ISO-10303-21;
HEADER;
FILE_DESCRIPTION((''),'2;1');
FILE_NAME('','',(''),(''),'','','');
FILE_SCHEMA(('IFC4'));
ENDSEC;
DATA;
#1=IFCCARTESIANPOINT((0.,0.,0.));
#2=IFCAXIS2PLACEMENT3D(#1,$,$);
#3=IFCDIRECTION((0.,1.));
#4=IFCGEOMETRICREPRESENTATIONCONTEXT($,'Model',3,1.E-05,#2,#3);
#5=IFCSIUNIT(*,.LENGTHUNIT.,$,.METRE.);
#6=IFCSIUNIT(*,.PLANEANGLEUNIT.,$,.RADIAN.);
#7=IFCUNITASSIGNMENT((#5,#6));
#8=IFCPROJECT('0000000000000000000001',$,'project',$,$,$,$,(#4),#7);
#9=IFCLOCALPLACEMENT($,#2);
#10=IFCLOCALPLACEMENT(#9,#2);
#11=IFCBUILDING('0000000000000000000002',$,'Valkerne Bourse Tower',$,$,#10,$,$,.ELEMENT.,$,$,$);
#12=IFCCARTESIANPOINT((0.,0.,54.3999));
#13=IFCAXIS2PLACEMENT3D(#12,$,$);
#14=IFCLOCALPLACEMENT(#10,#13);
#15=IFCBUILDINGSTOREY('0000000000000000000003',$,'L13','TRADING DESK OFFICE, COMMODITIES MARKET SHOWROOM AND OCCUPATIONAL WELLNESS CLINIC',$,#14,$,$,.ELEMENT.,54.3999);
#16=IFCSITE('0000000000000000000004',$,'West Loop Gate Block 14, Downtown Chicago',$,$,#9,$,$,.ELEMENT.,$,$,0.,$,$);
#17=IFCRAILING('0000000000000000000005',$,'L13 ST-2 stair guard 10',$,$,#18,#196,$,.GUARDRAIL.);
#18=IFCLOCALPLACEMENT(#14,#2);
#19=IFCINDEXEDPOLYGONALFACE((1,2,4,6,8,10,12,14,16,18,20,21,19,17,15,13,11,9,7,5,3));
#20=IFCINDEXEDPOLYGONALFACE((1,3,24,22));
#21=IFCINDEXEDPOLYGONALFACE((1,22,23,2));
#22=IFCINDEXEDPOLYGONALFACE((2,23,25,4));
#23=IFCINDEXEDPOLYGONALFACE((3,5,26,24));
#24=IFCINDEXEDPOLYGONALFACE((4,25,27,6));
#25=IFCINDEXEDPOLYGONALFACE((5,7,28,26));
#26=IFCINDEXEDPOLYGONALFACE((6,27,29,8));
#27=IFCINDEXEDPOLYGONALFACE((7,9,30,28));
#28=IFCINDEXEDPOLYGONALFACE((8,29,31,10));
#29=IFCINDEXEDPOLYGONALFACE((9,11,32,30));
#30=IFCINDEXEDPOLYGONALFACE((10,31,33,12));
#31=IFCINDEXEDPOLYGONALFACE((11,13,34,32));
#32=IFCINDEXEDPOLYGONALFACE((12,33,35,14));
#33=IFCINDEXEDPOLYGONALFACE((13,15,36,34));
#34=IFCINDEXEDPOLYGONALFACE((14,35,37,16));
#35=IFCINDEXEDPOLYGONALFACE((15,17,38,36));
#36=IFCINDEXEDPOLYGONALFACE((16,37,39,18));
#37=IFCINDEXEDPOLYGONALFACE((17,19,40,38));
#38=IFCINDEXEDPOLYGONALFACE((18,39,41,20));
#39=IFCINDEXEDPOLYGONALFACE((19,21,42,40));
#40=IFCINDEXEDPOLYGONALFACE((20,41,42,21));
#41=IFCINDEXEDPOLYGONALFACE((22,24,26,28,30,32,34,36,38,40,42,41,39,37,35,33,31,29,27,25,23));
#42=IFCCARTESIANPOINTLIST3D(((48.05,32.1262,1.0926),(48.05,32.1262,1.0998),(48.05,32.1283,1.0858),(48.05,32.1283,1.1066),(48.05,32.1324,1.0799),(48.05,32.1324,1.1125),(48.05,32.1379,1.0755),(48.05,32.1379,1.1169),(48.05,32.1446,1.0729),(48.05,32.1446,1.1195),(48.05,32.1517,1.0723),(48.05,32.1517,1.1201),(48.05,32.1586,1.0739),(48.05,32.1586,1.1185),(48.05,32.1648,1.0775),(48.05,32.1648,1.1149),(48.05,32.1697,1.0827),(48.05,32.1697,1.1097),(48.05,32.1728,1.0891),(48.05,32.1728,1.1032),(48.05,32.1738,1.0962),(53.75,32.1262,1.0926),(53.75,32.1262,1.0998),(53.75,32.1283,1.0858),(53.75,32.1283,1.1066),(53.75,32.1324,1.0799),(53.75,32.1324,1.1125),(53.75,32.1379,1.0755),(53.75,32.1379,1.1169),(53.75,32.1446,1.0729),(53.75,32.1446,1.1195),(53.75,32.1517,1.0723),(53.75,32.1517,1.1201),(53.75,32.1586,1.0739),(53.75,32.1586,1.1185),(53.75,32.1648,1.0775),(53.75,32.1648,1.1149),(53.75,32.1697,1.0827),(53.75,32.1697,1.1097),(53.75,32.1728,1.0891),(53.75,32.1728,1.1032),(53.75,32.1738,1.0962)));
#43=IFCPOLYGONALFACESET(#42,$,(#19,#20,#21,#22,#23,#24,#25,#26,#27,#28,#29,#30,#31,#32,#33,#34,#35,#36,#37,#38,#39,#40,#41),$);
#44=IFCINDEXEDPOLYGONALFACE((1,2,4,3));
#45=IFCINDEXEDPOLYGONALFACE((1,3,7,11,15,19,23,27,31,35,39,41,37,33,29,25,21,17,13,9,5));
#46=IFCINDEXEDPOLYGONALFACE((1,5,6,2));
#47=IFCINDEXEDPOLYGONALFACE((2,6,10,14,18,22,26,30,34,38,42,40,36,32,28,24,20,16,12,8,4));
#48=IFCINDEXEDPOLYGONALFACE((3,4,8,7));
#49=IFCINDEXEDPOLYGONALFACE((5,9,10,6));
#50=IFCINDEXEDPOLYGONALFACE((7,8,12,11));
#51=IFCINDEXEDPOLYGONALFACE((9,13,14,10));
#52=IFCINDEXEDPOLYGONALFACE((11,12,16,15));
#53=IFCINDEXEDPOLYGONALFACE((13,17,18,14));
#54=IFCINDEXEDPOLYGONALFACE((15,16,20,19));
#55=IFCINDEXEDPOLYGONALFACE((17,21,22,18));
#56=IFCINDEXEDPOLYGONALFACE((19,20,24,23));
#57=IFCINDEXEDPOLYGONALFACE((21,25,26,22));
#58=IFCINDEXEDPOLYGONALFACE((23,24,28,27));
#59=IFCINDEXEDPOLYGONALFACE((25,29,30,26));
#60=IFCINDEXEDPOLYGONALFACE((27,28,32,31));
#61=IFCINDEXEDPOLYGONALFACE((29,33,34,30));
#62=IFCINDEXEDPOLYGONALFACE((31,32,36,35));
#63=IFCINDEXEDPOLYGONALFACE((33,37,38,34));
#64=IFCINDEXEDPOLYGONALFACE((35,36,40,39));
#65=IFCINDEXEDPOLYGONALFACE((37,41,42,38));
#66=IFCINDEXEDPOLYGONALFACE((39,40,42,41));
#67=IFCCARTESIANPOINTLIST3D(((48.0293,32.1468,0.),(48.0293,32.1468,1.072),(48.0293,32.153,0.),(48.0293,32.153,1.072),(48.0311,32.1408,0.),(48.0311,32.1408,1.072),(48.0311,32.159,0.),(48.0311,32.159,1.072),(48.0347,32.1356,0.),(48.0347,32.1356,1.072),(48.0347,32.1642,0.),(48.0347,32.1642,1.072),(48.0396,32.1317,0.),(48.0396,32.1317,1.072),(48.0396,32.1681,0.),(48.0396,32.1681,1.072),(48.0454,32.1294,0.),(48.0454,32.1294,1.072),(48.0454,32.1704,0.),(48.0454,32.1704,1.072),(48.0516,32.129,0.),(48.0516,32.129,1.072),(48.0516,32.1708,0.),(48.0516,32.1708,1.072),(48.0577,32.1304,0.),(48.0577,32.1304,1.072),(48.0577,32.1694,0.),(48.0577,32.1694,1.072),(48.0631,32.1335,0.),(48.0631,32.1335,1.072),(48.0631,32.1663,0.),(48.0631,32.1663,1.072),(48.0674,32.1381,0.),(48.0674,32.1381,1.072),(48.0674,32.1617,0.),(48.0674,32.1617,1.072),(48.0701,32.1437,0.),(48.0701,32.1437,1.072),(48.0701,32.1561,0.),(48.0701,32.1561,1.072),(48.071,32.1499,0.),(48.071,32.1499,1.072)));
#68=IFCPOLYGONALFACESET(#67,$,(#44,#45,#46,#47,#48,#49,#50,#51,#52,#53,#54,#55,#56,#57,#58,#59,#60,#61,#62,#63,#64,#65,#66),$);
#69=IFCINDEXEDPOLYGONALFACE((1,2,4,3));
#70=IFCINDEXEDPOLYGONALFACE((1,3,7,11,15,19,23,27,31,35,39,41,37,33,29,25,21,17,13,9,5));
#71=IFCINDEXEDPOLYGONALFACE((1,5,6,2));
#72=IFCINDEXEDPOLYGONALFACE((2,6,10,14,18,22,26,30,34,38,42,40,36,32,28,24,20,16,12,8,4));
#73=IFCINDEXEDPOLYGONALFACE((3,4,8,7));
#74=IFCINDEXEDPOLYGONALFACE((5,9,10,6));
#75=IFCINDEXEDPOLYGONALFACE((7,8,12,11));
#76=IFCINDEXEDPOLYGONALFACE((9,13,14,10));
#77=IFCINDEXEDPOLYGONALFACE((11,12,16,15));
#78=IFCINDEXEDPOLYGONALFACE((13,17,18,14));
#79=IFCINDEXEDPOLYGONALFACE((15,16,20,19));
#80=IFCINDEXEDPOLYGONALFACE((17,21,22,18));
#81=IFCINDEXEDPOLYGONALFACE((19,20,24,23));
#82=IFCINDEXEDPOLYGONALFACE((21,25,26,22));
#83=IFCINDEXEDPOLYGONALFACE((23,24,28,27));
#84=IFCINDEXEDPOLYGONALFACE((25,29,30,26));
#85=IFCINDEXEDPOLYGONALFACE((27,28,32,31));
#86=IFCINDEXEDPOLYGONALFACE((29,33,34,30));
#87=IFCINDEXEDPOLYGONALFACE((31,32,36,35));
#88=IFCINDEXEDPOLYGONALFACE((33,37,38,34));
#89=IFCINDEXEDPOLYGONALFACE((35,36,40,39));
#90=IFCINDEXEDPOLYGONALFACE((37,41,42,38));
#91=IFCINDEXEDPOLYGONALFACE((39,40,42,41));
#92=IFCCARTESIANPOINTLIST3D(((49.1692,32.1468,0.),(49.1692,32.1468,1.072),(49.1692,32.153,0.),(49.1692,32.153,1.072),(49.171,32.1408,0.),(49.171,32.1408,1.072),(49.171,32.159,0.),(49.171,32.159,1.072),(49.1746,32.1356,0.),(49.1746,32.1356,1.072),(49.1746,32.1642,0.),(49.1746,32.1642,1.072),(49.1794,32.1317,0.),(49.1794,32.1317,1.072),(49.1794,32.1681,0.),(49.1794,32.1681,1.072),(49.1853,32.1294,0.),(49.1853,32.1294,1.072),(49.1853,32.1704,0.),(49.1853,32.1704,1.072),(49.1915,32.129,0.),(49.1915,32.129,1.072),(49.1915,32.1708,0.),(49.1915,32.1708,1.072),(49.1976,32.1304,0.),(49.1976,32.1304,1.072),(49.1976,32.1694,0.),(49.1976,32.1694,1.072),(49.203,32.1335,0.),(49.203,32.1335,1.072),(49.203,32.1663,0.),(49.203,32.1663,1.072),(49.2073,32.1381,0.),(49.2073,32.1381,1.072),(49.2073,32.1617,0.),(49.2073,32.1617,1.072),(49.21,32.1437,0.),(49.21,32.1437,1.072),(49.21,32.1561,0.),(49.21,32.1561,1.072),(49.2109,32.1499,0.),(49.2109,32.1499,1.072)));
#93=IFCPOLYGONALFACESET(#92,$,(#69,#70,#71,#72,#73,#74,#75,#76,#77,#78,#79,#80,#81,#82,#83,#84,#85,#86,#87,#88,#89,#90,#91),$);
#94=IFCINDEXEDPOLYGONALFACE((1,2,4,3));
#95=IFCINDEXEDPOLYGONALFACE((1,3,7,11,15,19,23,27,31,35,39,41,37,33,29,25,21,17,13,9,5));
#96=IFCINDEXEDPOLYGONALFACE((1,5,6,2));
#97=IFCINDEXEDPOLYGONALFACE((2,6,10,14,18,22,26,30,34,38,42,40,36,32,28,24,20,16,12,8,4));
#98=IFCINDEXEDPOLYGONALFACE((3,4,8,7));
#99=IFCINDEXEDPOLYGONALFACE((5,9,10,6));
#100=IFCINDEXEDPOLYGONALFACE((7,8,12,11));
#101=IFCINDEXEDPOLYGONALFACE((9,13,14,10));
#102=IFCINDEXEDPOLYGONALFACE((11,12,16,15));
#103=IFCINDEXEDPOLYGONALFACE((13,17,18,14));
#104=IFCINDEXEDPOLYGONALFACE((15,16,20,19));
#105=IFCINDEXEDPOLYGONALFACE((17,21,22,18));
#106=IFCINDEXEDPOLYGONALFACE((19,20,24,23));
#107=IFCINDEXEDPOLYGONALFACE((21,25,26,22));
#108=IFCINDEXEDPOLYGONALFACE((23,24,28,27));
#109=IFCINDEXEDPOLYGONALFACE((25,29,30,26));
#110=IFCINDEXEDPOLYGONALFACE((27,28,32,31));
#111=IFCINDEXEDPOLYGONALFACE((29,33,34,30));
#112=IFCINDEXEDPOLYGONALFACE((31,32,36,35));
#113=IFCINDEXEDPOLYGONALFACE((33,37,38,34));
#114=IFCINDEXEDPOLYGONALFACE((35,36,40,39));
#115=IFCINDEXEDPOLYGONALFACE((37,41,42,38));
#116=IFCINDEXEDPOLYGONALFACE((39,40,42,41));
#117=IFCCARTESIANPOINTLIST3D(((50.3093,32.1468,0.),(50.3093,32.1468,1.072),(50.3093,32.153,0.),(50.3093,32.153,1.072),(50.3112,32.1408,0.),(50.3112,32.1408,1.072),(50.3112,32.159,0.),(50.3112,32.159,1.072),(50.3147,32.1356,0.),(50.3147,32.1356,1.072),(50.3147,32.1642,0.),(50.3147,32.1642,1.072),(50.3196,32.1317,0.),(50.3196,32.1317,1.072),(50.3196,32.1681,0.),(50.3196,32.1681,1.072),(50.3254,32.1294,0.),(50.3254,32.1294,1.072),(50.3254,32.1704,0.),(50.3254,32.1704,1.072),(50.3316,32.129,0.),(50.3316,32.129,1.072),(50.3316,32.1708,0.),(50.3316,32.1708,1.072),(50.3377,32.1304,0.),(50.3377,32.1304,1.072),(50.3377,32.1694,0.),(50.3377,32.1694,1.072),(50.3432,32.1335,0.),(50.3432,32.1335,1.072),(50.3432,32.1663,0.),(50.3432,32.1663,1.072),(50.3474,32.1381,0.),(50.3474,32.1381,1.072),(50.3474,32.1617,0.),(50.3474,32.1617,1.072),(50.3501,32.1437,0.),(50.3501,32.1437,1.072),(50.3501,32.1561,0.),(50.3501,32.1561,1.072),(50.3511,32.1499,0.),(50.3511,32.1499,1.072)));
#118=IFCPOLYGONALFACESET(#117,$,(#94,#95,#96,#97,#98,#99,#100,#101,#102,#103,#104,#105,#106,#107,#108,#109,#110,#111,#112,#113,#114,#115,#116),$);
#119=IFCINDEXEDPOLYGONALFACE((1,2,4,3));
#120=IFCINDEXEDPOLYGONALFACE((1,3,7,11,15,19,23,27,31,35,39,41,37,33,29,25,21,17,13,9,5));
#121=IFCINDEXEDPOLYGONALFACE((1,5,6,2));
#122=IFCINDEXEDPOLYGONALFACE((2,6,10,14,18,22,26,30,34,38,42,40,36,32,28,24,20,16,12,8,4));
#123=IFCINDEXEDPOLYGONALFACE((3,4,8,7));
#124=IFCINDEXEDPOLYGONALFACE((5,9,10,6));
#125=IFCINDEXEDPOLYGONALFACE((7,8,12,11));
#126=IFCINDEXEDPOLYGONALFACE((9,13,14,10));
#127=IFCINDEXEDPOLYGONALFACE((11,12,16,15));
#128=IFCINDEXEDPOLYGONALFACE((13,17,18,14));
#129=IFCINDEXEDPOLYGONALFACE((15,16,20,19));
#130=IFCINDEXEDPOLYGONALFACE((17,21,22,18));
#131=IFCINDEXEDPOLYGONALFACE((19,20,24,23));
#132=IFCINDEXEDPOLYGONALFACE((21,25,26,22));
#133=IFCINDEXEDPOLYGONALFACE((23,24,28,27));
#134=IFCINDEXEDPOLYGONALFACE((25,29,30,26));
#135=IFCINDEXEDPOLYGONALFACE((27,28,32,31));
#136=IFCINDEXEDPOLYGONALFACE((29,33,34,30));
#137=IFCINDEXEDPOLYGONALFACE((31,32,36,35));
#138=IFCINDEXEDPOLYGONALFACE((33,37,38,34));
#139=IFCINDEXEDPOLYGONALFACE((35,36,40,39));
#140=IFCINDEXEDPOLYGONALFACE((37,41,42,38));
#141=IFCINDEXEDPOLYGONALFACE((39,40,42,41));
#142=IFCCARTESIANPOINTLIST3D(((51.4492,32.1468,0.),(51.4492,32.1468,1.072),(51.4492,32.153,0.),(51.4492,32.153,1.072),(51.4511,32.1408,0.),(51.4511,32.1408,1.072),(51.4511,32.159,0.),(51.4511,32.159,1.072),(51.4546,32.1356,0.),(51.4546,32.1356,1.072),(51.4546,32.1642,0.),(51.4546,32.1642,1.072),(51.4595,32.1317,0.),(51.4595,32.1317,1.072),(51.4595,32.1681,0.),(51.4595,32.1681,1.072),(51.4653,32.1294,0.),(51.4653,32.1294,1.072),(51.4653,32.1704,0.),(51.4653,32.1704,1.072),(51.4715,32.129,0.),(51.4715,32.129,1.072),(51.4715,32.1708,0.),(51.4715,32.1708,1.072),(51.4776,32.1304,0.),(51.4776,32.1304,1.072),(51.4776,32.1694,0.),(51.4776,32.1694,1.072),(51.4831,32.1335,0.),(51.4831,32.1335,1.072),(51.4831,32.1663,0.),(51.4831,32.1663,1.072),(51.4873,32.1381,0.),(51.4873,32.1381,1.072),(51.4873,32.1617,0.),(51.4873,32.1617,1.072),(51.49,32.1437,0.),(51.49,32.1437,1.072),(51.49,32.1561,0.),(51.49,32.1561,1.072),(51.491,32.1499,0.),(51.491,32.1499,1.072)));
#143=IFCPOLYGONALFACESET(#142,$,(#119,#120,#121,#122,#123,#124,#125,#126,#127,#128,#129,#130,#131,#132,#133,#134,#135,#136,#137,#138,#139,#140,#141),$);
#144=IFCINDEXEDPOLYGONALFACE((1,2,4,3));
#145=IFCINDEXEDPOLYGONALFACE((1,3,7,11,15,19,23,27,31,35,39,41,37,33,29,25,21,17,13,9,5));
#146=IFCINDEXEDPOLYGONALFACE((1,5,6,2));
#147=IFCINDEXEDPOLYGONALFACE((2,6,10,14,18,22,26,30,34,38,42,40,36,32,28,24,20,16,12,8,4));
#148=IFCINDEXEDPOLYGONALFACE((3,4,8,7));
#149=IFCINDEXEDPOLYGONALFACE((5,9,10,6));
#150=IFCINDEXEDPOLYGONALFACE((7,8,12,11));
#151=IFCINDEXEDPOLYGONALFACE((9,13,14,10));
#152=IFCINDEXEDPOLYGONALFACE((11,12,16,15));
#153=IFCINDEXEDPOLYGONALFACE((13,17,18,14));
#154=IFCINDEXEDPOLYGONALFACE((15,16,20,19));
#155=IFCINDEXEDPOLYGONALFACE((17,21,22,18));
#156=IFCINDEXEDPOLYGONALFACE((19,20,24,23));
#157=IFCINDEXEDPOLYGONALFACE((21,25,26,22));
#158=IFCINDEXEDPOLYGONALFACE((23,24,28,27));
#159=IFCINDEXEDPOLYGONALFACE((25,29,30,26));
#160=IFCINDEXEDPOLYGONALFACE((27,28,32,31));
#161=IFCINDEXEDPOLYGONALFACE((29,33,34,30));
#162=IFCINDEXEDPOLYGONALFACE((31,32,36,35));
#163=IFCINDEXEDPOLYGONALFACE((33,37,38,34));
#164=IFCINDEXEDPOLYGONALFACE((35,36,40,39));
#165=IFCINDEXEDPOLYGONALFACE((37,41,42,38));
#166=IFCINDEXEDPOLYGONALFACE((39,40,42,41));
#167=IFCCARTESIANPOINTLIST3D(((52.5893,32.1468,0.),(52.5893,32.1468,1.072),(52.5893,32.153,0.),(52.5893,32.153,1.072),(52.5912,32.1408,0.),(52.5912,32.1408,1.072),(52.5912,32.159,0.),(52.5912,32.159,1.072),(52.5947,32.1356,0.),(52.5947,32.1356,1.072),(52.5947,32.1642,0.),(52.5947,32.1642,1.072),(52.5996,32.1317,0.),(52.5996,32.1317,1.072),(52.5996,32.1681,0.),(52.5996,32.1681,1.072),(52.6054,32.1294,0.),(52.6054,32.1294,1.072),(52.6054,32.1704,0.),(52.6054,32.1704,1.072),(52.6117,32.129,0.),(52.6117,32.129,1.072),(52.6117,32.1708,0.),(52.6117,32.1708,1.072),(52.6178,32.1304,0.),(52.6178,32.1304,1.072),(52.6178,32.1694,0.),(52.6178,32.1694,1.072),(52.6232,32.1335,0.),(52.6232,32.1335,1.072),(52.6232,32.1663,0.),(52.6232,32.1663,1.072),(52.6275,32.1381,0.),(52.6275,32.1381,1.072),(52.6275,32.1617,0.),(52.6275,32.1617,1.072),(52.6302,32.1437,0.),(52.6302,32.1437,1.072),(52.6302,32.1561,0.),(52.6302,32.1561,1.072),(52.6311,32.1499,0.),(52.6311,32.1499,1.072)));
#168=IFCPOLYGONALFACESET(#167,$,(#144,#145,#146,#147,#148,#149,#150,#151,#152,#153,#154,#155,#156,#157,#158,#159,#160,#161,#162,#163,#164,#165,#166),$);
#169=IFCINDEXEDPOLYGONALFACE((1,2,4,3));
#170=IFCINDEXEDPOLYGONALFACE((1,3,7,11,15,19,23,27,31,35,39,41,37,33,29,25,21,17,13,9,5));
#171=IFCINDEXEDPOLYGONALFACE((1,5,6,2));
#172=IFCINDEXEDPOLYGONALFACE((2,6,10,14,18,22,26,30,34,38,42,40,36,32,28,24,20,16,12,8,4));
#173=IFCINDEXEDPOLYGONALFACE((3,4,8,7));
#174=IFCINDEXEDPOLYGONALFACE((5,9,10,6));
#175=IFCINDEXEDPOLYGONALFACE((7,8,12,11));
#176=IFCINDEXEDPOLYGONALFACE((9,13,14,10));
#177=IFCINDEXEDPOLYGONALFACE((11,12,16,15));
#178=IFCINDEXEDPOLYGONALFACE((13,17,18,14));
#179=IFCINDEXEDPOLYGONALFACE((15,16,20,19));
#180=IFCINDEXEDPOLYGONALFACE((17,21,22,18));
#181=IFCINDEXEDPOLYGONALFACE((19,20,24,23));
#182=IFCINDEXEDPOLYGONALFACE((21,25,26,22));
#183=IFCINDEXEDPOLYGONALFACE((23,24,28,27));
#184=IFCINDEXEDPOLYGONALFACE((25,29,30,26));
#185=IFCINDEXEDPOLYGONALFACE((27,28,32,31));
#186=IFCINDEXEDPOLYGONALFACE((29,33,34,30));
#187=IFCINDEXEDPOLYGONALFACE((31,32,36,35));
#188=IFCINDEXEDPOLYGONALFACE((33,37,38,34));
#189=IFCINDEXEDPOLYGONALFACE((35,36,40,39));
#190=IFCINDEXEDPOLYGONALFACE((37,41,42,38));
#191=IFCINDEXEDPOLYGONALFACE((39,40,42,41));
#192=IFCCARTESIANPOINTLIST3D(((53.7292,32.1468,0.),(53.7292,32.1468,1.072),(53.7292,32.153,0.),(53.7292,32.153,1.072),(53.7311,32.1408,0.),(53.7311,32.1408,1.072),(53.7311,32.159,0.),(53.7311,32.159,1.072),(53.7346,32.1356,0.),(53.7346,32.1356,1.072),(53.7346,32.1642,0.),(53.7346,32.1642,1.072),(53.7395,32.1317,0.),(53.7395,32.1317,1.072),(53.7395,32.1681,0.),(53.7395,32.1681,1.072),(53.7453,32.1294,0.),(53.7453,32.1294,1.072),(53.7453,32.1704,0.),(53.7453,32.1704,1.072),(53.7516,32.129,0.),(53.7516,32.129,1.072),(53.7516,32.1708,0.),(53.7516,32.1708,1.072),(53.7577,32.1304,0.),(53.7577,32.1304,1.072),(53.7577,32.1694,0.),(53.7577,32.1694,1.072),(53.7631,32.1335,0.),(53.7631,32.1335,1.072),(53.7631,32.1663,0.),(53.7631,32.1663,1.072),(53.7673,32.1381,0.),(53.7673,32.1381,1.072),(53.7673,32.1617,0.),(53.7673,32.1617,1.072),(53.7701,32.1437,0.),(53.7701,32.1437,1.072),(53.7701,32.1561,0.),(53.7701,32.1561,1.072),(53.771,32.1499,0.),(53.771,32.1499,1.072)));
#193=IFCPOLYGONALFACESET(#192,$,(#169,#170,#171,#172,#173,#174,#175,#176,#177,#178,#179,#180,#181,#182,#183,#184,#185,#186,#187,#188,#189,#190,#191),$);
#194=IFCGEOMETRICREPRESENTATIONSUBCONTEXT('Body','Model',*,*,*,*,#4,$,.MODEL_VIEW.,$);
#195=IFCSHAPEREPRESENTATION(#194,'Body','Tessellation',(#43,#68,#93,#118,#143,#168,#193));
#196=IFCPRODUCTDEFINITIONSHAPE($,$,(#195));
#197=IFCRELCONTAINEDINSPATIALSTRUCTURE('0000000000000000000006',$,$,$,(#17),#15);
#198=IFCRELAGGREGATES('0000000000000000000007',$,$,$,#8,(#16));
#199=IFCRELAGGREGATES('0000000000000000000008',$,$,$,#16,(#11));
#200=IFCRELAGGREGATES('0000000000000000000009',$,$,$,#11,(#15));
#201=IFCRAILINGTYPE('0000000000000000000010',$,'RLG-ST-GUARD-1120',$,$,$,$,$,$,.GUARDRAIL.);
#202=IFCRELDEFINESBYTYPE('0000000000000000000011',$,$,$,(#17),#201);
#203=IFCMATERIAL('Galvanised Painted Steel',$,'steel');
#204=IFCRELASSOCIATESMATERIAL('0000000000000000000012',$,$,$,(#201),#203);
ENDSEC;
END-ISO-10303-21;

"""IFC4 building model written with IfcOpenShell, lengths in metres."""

from ifc_helpers import new_model, si_unit, direction, frame, origin, origin_2d, place, context, subcontext, project, spatial, circle, extrude, material, type_object, element, save


model = new_model("IFC4")

# Units and contexts
model_context = context("Model", 3, precision=1e-05, world=origin(), true_north=direction((0.0, 1.0)))
body_context = subcontext(model_context, "Body", "Model", "MODEL_VIEW")
ifc_project = project(units=[si_unit("LENGTHUNIT", "METRE"), si_unit("PLANEANGLEUNIT", "RADIAN")], contexts=[model_context])

# Site, building, storey
site_placement = place(None, origin())
site = spatial("IfcSite", under=ifc_project, at=site_placement, Name="West Loop Gate Block 14, Downtown Chicago", CompositionType="ELEMENT", RefElevation=0.0)
building_placement = place(site_placement, origin())
building = spatial("IfcBuilding", under=site, at=building_placement, Name="Valkerne Bourse Tower", CompositionType="ELEMENT")
storey_placement = place(building_placement, frame((0.0, 0.0, 54.3999)))
storey = spatial("IfcBuildingStorey", under=building, at=storey_placement, Name="L13", Description="TRADING DESK OFFICE, COMMODITIES MARKET SHOWROOM AND OCCUPATIONAL WELLNESS CLINIC", CompositionType="ELEMENT", Elevation=54.3999)

# Shared definitions
ifc_material_1 = material(Name="Galvanised Painted Steel", Category="steel")

# Railing
railing_type_1 = type_object("IfcRailingType", Name="RLG-ST-GUARD-1120", PredefinedType="GUARDRAIL", material=ifc_material_1)
for number, where, name in (
    (1, (48.05, 32.1499, 0.0), "L13 ST-2 stair guard 10"),
):
    element("IfcRailing", number, at=place(storey_placement, frame(where)), inside=storey, type_object=railing_type_1, Name=name, PredefinedType="GUARDRAIL", context=body_context, shape_type="SweptSolid", body=[
        extrude(circle(Radius=0.0239, at=origin_2d()), frame((0.0, 0.0, 1.0962), z_axis=(1.0, 0.0, 0.0), x_axis=(0.0, 1.0, 0.0)), (0.0, 0.0, 1.0), 5.7),
        extrude(circle(Radius=0.021, at=origin_2d()), origin(), (0.0, 0.0, 1.0), 1.072),
        extrude(circle(Radius=0.021, at=origin_2d()), frame((1.1399, 0.0, 0.0)), (0.0, 0.0, 1.0), 1.072),
        extrude(circle(Radius=0.021, at=origin_2d()), frame((2.28, 0.0, 0.0)), (0.0, 0.0, 1.0), 1.072),
        extrude(circle(Radius=0.021, at=origin_2d()), frame((3.4199, 0.0, 0.0)), (0.0, 0.0, 1.0), 1.072),
        extrude(circle(Radius=0.021, at=origin_2d()), frame((4.5601, 0.0, 0.0)), (0.0, 0.0, 1.0), 1.072),
        extrude(circle(Radius=0.021, at=origin_2d()), frame((5.7, 0.0, 0.0)), (0.0, 0.0, 1.0), 1.072),
    ])

save(model, "model.ifc")
